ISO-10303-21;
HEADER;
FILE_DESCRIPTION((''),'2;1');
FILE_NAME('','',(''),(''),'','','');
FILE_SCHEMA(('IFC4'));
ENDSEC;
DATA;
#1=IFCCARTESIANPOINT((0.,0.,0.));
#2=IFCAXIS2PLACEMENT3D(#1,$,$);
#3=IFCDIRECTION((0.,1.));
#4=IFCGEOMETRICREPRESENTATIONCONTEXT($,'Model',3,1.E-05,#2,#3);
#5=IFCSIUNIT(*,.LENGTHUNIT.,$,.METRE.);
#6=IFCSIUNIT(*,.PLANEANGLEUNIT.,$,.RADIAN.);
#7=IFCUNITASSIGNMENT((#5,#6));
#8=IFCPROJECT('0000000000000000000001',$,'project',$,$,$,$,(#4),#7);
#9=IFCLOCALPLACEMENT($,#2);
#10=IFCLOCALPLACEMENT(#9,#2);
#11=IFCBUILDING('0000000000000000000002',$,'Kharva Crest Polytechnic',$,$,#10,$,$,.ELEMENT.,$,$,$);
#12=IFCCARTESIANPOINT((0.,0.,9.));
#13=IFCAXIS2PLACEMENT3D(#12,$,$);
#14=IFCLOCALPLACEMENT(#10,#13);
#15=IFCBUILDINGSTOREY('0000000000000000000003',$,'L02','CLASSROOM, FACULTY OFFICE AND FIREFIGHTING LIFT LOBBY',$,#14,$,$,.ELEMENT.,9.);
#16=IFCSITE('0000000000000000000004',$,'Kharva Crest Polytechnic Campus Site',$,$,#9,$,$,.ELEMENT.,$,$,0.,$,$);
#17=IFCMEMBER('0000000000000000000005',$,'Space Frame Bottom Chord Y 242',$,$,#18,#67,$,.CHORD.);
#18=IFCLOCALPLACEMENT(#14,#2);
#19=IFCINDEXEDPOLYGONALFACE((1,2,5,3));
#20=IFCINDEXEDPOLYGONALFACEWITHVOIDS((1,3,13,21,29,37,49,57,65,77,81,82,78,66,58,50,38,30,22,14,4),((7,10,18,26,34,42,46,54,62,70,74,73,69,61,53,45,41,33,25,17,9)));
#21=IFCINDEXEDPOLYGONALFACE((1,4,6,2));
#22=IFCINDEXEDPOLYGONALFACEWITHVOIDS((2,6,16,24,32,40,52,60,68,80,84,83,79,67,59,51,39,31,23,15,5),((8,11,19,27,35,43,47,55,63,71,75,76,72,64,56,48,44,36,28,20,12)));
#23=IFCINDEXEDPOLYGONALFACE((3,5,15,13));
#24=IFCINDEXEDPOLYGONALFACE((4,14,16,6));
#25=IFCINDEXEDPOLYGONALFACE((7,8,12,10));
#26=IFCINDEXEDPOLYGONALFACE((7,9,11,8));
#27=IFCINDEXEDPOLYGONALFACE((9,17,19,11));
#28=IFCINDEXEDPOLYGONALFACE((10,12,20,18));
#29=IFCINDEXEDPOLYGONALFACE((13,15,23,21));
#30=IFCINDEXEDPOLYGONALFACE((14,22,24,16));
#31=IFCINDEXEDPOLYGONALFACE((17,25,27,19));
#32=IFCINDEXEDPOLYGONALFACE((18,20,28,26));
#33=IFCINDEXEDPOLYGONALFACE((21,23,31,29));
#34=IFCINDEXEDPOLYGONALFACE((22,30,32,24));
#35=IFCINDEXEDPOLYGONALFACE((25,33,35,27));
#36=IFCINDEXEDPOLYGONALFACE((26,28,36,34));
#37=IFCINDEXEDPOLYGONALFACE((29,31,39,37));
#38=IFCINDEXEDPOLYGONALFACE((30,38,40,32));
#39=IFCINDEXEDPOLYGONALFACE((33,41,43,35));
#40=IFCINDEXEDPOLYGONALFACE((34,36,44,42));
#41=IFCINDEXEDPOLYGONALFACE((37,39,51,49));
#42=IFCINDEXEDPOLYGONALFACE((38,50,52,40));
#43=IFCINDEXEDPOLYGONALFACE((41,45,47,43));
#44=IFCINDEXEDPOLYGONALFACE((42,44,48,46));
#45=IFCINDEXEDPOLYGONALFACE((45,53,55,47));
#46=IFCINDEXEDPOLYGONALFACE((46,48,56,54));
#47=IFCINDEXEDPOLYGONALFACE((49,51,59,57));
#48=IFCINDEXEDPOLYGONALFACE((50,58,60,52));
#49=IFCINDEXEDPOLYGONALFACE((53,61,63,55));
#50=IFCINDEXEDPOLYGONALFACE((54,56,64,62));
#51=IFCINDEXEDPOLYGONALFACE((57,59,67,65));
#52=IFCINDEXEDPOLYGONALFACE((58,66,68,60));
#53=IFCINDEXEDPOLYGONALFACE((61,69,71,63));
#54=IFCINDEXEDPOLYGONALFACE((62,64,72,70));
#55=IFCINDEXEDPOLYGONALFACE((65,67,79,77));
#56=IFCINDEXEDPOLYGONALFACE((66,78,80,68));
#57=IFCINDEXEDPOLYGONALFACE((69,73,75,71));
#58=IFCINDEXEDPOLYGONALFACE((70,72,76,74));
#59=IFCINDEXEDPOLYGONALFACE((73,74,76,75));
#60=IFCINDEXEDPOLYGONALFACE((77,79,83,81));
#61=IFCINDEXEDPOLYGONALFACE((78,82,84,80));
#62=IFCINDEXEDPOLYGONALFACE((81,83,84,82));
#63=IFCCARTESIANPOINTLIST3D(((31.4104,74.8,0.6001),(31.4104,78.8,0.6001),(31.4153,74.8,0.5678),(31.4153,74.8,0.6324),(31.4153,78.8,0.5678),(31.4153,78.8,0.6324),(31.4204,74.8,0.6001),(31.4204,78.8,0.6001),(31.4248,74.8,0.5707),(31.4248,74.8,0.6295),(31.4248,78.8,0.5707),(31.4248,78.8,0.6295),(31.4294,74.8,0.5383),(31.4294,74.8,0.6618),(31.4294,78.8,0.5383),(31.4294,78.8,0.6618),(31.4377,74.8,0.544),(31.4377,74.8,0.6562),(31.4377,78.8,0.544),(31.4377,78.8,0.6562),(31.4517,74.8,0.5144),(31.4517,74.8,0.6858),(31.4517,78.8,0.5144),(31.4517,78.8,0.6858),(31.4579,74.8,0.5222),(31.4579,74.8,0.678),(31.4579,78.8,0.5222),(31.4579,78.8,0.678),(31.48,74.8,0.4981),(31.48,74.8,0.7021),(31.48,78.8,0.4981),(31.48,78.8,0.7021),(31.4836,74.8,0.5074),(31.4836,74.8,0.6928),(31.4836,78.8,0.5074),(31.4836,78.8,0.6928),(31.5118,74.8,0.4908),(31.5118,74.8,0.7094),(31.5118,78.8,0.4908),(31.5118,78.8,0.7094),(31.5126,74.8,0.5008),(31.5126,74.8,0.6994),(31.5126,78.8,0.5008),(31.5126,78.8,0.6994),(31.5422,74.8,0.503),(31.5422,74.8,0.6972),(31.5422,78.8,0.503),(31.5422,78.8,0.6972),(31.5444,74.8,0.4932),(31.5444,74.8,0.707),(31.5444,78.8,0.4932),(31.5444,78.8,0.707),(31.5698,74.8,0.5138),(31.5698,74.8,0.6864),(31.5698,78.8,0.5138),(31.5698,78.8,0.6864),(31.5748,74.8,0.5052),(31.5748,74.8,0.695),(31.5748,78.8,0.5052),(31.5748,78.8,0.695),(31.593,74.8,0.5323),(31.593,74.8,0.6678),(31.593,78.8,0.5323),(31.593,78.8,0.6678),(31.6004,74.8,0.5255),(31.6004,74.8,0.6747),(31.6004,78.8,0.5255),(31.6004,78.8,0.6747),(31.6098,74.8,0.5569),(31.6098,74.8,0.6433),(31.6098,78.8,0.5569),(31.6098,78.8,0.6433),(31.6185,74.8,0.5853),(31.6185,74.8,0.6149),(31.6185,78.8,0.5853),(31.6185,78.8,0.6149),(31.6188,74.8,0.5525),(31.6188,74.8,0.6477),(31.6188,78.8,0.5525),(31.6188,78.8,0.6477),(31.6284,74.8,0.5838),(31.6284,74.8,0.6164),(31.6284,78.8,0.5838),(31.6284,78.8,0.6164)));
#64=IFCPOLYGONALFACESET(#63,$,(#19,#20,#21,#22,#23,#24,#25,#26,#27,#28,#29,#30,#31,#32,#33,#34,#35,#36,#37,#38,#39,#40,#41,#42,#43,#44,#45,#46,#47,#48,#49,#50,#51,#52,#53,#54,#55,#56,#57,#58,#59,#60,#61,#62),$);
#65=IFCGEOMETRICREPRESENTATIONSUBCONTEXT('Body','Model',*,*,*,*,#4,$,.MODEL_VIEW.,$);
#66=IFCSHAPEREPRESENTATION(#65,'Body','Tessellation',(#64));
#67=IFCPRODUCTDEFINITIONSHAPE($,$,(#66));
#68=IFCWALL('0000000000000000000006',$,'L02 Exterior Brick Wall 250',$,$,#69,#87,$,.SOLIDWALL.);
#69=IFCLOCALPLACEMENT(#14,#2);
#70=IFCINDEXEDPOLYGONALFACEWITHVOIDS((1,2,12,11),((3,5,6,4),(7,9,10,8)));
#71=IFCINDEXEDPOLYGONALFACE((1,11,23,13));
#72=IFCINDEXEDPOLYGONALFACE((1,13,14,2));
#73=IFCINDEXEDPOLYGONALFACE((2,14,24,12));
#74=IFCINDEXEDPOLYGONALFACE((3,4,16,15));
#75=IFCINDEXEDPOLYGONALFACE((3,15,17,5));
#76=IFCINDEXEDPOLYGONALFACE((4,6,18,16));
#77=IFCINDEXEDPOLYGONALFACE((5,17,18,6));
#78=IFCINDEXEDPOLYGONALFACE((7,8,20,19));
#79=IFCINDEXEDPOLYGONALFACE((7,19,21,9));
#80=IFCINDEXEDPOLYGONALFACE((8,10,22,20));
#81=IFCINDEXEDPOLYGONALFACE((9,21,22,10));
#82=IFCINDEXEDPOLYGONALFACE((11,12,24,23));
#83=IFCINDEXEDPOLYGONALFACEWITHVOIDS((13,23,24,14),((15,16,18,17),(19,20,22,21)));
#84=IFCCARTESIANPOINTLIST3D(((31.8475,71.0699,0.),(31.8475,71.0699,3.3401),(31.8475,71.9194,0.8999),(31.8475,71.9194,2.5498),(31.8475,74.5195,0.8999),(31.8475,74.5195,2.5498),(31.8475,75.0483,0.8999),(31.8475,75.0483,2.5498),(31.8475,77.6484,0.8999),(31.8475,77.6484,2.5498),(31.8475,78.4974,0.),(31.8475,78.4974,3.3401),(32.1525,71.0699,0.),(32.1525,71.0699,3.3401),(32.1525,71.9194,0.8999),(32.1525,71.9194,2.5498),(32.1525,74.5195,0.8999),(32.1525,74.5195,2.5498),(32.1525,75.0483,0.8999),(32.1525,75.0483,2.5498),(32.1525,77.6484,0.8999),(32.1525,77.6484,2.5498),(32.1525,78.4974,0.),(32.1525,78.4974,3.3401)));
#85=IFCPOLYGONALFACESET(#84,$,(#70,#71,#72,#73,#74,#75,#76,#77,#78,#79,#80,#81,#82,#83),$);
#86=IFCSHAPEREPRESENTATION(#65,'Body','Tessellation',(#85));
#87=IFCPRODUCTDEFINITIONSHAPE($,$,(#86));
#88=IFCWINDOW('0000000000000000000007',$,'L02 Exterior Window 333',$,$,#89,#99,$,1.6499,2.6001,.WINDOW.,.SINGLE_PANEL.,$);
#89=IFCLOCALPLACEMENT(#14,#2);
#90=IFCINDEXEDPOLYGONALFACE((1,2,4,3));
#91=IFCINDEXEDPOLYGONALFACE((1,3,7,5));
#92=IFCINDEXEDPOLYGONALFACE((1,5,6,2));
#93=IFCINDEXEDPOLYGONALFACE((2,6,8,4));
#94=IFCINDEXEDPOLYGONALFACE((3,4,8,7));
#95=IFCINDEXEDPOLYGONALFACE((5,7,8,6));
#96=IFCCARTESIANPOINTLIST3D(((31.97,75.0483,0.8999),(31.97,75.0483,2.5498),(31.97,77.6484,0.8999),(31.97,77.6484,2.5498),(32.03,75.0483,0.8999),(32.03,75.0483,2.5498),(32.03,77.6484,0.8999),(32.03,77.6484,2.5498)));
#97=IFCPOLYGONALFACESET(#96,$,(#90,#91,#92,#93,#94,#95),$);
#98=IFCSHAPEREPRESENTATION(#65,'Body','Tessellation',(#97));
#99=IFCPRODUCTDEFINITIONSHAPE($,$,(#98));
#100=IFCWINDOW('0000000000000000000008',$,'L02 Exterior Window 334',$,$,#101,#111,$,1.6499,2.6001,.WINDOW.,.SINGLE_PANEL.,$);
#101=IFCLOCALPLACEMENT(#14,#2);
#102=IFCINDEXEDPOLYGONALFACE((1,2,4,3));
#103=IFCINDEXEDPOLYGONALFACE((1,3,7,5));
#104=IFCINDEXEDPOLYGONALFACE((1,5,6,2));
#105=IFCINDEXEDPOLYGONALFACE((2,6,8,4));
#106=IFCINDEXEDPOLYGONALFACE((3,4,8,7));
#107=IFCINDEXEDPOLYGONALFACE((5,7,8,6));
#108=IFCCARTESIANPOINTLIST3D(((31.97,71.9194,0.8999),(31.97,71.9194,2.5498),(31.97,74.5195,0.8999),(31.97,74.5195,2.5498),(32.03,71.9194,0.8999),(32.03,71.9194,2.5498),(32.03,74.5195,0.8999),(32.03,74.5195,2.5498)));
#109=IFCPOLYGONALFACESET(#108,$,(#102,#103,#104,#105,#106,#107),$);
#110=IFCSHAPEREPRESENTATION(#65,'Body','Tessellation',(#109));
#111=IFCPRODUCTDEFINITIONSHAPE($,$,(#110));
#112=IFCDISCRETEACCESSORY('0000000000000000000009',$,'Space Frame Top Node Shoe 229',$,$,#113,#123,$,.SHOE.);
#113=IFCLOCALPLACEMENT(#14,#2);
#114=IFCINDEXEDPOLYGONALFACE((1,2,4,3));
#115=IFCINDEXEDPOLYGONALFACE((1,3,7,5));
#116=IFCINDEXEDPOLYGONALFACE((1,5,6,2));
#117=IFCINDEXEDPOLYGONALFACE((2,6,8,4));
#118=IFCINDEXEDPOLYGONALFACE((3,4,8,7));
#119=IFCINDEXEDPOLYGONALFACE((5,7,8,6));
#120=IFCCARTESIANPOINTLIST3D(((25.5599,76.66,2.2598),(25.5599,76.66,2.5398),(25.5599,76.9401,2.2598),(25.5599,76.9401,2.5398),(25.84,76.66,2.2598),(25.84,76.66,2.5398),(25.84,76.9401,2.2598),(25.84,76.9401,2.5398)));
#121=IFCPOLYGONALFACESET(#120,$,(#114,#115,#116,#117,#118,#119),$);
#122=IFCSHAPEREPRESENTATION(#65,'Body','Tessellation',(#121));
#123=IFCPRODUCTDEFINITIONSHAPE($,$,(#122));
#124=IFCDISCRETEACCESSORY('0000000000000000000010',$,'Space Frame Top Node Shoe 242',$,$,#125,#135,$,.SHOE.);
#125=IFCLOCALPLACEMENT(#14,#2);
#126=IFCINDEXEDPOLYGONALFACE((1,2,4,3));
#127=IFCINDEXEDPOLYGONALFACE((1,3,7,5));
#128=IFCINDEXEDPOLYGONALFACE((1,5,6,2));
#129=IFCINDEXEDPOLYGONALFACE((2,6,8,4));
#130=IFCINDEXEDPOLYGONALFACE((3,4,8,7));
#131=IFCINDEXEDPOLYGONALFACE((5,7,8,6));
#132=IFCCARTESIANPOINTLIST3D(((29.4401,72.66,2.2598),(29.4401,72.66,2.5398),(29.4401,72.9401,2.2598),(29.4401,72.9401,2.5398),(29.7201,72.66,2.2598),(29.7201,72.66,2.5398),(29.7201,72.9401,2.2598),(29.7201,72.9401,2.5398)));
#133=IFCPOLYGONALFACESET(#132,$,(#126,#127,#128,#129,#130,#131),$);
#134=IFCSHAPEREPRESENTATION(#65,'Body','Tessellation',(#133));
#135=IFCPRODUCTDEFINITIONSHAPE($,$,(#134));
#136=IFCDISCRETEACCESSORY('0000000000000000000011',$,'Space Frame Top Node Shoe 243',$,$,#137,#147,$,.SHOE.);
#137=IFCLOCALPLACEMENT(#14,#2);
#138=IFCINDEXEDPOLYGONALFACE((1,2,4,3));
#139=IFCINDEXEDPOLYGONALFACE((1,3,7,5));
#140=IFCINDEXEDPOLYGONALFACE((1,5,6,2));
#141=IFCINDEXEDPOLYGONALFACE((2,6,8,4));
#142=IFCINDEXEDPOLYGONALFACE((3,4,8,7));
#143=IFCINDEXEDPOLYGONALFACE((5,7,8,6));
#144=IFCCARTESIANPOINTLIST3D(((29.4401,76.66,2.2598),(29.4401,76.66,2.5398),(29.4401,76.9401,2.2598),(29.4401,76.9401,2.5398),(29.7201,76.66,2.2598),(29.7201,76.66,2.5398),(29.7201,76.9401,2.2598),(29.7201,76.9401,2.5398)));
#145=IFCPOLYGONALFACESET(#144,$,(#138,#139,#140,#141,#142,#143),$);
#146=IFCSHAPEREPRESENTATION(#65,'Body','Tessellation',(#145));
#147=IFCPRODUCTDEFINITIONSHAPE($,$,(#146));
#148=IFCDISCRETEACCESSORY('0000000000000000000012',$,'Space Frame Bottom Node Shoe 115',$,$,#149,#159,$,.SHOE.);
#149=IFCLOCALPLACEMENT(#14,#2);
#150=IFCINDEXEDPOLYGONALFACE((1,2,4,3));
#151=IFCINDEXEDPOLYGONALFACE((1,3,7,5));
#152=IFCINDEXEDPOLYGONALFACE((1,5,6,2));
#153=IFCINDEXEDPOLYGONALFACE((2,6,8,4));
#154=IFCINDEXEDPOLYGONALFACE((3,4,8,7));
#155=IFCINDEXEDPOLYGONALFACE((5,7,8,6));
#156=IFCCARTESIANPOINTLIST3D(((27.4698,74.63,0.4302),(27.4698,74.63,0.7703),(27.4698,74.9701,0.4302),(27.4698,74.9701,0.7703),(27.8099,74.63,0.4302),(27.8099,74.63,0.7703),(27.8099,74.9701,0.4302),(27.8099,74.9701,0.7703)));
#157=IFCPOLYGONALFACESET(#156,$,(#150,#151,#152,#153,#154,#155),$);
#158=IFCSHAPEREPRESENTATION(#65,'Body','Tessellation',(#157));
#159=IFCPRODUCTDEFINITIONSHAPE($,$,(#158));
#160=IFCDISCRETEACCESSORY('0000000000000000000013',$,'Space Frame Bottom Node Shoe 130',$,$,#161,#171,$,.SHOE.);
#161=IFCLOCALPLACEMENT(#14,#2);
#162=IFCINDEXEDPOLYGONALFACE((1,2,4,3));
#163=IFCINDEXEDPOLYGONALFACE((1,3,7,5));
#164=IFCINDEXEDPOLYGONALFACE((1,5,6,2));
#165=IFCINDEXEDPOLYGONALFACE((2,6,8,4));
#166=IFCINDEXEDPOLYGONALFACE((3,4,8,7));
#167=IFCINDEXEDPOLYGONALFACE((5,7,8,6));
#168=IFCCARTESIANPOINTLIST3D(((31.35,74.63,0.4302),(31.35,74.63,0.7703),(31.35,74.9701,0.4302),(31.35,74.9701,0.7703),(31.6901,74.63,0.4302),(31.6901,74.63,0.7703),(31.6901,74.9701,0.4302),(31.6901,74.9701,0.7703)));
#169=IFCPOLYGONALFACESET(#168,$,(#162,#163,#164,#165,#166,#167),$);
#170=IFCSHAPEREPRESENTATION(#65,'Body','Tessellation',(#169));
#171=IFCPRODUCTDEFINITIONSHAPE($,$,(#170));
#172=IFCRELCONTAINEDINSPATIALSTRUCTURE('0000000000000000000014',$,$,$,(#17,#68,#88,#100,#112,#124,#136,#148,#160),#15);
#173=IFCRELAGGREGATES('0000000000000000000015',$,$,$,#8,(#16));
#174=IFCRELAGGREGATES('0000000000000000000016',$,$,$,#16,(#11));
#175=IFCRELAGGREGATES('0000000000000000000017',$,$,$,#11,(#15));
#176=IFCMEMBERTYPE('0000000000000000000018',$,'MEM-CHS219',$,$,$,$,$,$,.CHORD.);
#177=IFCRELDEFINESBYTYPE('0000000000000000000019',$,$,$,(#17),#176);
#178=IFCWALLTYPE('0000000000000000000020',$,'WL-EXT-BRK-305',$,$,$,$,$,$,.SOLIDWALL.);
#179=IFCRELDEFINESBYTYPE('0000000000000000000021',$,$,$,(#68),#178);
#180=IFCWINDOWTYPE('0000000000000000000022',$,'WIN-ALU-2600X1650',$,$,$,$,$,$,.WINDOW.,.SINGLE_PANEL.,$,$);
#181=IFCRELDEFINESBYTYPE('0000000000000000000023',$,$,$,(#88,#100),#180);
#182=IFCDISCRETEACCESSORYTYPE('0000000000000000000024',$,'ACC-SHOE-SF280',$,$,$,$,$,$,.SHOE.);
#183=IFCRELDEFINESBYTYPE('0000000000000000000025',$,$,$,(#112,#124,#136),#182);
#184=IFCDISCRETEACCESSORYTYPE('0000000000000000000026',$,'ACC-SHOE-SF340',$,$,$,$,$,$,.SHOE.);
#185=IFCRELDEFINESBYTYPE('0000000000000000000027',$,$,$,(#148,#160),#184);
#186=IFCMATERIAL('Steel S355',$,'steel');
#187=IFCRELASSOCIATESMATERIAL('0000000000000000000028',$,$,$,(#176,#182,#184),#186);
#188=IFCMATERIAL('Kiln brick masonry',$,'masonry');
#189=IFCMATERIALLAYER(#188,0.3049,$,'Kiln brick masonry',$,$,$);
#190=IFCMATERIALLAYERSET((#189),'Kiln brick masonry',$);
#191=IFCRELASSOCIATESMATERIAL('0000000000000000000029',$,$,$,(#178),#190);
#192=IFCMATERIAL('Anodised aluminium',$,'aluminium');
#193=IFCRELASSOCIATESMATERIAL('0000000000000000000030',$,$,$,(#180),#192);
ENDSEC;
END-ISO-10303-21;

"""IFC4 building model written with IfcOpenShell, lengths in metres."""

from ifc_helpers import new_model, si_unit, direction, frame, frame_2d, origin, origin_2d, place, context, subcontext, project, spatial, rectangle, hollow_circle, extrude, material, layer, layer_set, material_profile, profile_set, type_object, element, fill, save


model = new_model("IFC4")

# Units and contexts
model_context = context("Model", 3, precision=1e-05, world=origin(), true_north=direction((0.0, 1.0)))
body_context = subcontext(model_context, "Body", "Model", "MODEL_VIEW")
ifc_project = project(units=[si_unit("LENGTHUNIT", "METRE"), si_unit("PLANEANGLEUNIT", "RADIAN")], contexts=[model_context])

# Site, building, storey
site_placement = place(None, origin())
site = spatial("IfcSite", under=ifc_project, at=site_placement, Name="Kharva Crest Polytechnic Campus Site", CompositionType="ELEMENT", RefElevation=0.0)
building_placement = place(site_placement, origin())
building = spatial("IfcBuilding", under=site, at=building_placement, Name="Kharva Crest Polytechnic", CompositionType="ELEMENT")
storey_placement = place(building_placement, frame((0.0, 0.0, 9.0)))
storey = spatial("IfcBuildingStorey", under=building, at=storey_placement, Name="L02", Description="CLASSROOM, FACULTY OFFICE AND FIREFIGHTING LIFT LOBBY", CompositionType="ELEMENT", Elevation=9.0)

# Shared definitions
ifc_material_1 = material(Name="Steel S355", Category="steel")

# Member
ifc_material_profile_1 = material_profile(ifc_material_1, hollow_circle(Radius=0.1096, WallThickness=0.01, at=origin_2d()), Name="CHS 219.1X10.0")
ifc_profile_set_1 = profile_set([ifc_material_profile_1], Name="Steel S355")
member_type_1 = type_object("IfcMemberType", Name="MEM-CHS219", PredefinedType="CHORD", material=ifc_profile_set_1)
member_1_placement = place(storey_placement, frame((31.52, 74.8, 0.6001), z_axis=(0.0, 1.0, 0.0), x_axis=(-1.0, 0.0, 0.0)))
element("IfcMember", 1, at=member_1_placement, inside=storey, type_object=member_type_1, Name="Space Frame Bottom Chord Y 242", PredefinedType="CHORD", context=body_context, shape_type="SweptSolid", body=[
    extrude(hollow_circle(Radius=0.1096, WallThickness=0.01, at=origin_2d()), origin(), (0.0, 0.0, 1.0), 4.0),
])

# Wall, openings, windows
ifc_material_2 = material(Name="Kiln brick masonry", Category="masonry")
ifc_layer = layer(ifc_material_2, 0.3049, Name="Kiln brick masonry")
ifc_layer_set = layer_set([ifc_layer], Name="Kiln brick masonry")
wall_type = type_object("IfcWallType", Name="WL-EXT-BRK-305", PredefinedType="SOLIDWALL", material=ifc_layer_set)
wall_placement = place(storey_placement, frame((32.0, 78.4976, 0.0), z_axis=(0.0, 0.0, 1.0), x_axis=(0.0, -1.0, 0.0)))
wall = element("IfcWall", 2, at=wall_placement, inside=storey, type_object=wall_type, Name="L02 Exterior Brick Wall 250", PredefinedType="SOLIDWALL", context=body_context, shape_type="SweptSolid", body=[
    extrude(rectangle(XDim=7.4275, YDim=0.3049, at=frame_2d((3.7139, 0.0))), origin(), (0.0, 0.0, 1.0), 3.3401),
])
opening_1_placement = place(wall_placement, frame((0.8491, 0.0, 0.8999)))
opening_1 = element("IfcOpeningElement", 3, at=opening_1_placement, cuts=wall, PredefinedType="OPENING", context=body_context, shape_type="SweptSolid", body=[
    extrude(rectangle(XDim=2.6001, YDim=1.6499, at=frame_2d((1.3, 0.825))), frame((0.0, 0.1624, 0.0), z_axis=(0.0, -1.0, 0.0), x_axis=(1.0, 0.0, 0.0)), (0.0, 0.0, 1.0), 0.325),
])
opening_2_placement = place(wall_placement, frame((3.978, 0.0, 0.8999)))
opening_2 = element("IfcOpeningElement", 4, at=opening_2_placement, cuts=wall, PredefinedType="OPENING", context=body_context, shape_type="SweptSolid", body=[
    extrude(rectangle(XDim=2.6001, YDim=1.6499, at=frame_2d((1.3, 0.825))), frame((0.0, 0.1624, 0.0), z_axis=(0.0, -1.0, 0.0), x_axis=(1.0, 0.0, 0.0)), (0.0, 0.0, 1.0), 0.325),
])
ifc_material_3 = material(Name="Anodised aluminium", Category="aluminium")
window_type = type_object("IfcWindowType", Name="WIN-ALU-2600X1650", PartitioningType="SINGLE_PANEL", PredefinedType="WINDOW", material=ifc_material_3)
window_1_placement = place(opening_1_placement, origin())
window_1 = element("IfcWindow", 5, at=window_1_placement, inside=storey, type_object=window_type, Name="L02 Exterior Window 333", OverallHeight=1.6499, OverallWidth=2.6001, PartitioningType="SINGLE_PANEL", PredefinedType="WINDOW", context=body_context, shape_type="SweptSolid", body=[
    extrude(rectangle(XDim=2.6001, YDim=1.6499, at=frame_2d((1.3, 0.825))), frame((0.0, 0.03, 0.0), z_axis=(0.0, -1.0, 0.0), x_axis=(1.0, 0.0, 0.0)), (0.0, 0.0, 1.0), 0.0601),
])
fill(opening_1, window_1)
window_2_placement = place(opening_2_placement, origin())
window_2 = element("IfcWindow", 6, at=window_2_placement, inside=storey, type_object=window_type, Name="L02 Exterior Window 334", OverallHeight=1.6499, OverallWidth=2.6001, PartitioningType="SINGLE_PANEL", PredefinedType="WINDOW", context=body_context, shape_type="SweptSolid", body=[
    extrude(rectangle(XDim=2.6001, YDim=1.6499, at=frame_2d((1.3, 0.825))), frame((0.0, 0.03, 0.0), z_axis=(0.0, -1.0, 0.0), x_axis=(1.0, 0.0, 0.0)), (0.0, 0.0, 1.0), 0.0601),
])
fill(opening_2, window_2)

# Discrete accessories
discrete_accessory_type_1 = type_object("IfcDiscreteAccessoryType", Name="ACC-SHOE-SF280", PredefinedType="SHOE", material=ifc_material_1)
for number, where, z_axis, x_axis, name in (
    (7, (25.7, 76.8, 2.2598), (0.0, 0.0, 1.0), (1.0, 0.0, 0.0), "Space Frame Top Node Shoe 229"),
    (8, (29.5801, 72.8, 2.2598), (0.0, 0.0, 1.0), (1.0, 0.0, 0.0), "Space Frame Top Node Shoe 242"),
    (9, (29.5801, 76.8, 2.2598), (0.0, 0.0, 1.0), (1.0, 0.0, 0.0), "Space Frame Top Node Shoe 243"),
):
    element("IfcDiscreteAccessory", number, at=place(storey_placement, frame(where, z_axis=z_axis, x_axis=x_axis)), inside=storey, type_object=discrete_accessory_type_1, Name=name, PredefinedType="SHOE", context=body_context, shape_type="SweptSolid", body=[
        extrude(rectangle(XDim=0.28, YDim=0.28, at=origin_2d()), origin(), (0.0, 0.0, 1.0), 0.28),
    ])
discrete_accessory_type_2 = type_object("IfcDiscreteAccessoryType", Name="ACC-SHOE-SF340", PredefinedType="SHOE", material=ifc_material_1)
for number, where, z_axis, x_axis, name in (
    (10, (27.6399, 74.8, 0.4302), (0.0, 0.0, 1.0), (1.0, 0.0, 0.0), "Space Frame Bottom Node Shoe 115"),
    (11, (31.52, 74.8, 0.4302), (0.0, 0.0, 1.0), (1.0, 0.0, 0.0), "Space Frame Bottom Node Shoe 130"),
):
    element("IfcDiscreteAccessory", number, at=place(storey_placement, frame(where, z_axis=z_axis, x_axis=x_axis)), inside=storey, type_object=discrete_accessory_type_2, Name=name, PredefinedType="SHOE", context=body_context, shape_type="SweptSolid", body=[
        extrude(rectangle(XDim=0.3401, YDim=0.3401, at=origin_2d()), origin(), (0.0, 0.0, 1.0), 0.3401),
    ])

save(model, "model.ifc")
